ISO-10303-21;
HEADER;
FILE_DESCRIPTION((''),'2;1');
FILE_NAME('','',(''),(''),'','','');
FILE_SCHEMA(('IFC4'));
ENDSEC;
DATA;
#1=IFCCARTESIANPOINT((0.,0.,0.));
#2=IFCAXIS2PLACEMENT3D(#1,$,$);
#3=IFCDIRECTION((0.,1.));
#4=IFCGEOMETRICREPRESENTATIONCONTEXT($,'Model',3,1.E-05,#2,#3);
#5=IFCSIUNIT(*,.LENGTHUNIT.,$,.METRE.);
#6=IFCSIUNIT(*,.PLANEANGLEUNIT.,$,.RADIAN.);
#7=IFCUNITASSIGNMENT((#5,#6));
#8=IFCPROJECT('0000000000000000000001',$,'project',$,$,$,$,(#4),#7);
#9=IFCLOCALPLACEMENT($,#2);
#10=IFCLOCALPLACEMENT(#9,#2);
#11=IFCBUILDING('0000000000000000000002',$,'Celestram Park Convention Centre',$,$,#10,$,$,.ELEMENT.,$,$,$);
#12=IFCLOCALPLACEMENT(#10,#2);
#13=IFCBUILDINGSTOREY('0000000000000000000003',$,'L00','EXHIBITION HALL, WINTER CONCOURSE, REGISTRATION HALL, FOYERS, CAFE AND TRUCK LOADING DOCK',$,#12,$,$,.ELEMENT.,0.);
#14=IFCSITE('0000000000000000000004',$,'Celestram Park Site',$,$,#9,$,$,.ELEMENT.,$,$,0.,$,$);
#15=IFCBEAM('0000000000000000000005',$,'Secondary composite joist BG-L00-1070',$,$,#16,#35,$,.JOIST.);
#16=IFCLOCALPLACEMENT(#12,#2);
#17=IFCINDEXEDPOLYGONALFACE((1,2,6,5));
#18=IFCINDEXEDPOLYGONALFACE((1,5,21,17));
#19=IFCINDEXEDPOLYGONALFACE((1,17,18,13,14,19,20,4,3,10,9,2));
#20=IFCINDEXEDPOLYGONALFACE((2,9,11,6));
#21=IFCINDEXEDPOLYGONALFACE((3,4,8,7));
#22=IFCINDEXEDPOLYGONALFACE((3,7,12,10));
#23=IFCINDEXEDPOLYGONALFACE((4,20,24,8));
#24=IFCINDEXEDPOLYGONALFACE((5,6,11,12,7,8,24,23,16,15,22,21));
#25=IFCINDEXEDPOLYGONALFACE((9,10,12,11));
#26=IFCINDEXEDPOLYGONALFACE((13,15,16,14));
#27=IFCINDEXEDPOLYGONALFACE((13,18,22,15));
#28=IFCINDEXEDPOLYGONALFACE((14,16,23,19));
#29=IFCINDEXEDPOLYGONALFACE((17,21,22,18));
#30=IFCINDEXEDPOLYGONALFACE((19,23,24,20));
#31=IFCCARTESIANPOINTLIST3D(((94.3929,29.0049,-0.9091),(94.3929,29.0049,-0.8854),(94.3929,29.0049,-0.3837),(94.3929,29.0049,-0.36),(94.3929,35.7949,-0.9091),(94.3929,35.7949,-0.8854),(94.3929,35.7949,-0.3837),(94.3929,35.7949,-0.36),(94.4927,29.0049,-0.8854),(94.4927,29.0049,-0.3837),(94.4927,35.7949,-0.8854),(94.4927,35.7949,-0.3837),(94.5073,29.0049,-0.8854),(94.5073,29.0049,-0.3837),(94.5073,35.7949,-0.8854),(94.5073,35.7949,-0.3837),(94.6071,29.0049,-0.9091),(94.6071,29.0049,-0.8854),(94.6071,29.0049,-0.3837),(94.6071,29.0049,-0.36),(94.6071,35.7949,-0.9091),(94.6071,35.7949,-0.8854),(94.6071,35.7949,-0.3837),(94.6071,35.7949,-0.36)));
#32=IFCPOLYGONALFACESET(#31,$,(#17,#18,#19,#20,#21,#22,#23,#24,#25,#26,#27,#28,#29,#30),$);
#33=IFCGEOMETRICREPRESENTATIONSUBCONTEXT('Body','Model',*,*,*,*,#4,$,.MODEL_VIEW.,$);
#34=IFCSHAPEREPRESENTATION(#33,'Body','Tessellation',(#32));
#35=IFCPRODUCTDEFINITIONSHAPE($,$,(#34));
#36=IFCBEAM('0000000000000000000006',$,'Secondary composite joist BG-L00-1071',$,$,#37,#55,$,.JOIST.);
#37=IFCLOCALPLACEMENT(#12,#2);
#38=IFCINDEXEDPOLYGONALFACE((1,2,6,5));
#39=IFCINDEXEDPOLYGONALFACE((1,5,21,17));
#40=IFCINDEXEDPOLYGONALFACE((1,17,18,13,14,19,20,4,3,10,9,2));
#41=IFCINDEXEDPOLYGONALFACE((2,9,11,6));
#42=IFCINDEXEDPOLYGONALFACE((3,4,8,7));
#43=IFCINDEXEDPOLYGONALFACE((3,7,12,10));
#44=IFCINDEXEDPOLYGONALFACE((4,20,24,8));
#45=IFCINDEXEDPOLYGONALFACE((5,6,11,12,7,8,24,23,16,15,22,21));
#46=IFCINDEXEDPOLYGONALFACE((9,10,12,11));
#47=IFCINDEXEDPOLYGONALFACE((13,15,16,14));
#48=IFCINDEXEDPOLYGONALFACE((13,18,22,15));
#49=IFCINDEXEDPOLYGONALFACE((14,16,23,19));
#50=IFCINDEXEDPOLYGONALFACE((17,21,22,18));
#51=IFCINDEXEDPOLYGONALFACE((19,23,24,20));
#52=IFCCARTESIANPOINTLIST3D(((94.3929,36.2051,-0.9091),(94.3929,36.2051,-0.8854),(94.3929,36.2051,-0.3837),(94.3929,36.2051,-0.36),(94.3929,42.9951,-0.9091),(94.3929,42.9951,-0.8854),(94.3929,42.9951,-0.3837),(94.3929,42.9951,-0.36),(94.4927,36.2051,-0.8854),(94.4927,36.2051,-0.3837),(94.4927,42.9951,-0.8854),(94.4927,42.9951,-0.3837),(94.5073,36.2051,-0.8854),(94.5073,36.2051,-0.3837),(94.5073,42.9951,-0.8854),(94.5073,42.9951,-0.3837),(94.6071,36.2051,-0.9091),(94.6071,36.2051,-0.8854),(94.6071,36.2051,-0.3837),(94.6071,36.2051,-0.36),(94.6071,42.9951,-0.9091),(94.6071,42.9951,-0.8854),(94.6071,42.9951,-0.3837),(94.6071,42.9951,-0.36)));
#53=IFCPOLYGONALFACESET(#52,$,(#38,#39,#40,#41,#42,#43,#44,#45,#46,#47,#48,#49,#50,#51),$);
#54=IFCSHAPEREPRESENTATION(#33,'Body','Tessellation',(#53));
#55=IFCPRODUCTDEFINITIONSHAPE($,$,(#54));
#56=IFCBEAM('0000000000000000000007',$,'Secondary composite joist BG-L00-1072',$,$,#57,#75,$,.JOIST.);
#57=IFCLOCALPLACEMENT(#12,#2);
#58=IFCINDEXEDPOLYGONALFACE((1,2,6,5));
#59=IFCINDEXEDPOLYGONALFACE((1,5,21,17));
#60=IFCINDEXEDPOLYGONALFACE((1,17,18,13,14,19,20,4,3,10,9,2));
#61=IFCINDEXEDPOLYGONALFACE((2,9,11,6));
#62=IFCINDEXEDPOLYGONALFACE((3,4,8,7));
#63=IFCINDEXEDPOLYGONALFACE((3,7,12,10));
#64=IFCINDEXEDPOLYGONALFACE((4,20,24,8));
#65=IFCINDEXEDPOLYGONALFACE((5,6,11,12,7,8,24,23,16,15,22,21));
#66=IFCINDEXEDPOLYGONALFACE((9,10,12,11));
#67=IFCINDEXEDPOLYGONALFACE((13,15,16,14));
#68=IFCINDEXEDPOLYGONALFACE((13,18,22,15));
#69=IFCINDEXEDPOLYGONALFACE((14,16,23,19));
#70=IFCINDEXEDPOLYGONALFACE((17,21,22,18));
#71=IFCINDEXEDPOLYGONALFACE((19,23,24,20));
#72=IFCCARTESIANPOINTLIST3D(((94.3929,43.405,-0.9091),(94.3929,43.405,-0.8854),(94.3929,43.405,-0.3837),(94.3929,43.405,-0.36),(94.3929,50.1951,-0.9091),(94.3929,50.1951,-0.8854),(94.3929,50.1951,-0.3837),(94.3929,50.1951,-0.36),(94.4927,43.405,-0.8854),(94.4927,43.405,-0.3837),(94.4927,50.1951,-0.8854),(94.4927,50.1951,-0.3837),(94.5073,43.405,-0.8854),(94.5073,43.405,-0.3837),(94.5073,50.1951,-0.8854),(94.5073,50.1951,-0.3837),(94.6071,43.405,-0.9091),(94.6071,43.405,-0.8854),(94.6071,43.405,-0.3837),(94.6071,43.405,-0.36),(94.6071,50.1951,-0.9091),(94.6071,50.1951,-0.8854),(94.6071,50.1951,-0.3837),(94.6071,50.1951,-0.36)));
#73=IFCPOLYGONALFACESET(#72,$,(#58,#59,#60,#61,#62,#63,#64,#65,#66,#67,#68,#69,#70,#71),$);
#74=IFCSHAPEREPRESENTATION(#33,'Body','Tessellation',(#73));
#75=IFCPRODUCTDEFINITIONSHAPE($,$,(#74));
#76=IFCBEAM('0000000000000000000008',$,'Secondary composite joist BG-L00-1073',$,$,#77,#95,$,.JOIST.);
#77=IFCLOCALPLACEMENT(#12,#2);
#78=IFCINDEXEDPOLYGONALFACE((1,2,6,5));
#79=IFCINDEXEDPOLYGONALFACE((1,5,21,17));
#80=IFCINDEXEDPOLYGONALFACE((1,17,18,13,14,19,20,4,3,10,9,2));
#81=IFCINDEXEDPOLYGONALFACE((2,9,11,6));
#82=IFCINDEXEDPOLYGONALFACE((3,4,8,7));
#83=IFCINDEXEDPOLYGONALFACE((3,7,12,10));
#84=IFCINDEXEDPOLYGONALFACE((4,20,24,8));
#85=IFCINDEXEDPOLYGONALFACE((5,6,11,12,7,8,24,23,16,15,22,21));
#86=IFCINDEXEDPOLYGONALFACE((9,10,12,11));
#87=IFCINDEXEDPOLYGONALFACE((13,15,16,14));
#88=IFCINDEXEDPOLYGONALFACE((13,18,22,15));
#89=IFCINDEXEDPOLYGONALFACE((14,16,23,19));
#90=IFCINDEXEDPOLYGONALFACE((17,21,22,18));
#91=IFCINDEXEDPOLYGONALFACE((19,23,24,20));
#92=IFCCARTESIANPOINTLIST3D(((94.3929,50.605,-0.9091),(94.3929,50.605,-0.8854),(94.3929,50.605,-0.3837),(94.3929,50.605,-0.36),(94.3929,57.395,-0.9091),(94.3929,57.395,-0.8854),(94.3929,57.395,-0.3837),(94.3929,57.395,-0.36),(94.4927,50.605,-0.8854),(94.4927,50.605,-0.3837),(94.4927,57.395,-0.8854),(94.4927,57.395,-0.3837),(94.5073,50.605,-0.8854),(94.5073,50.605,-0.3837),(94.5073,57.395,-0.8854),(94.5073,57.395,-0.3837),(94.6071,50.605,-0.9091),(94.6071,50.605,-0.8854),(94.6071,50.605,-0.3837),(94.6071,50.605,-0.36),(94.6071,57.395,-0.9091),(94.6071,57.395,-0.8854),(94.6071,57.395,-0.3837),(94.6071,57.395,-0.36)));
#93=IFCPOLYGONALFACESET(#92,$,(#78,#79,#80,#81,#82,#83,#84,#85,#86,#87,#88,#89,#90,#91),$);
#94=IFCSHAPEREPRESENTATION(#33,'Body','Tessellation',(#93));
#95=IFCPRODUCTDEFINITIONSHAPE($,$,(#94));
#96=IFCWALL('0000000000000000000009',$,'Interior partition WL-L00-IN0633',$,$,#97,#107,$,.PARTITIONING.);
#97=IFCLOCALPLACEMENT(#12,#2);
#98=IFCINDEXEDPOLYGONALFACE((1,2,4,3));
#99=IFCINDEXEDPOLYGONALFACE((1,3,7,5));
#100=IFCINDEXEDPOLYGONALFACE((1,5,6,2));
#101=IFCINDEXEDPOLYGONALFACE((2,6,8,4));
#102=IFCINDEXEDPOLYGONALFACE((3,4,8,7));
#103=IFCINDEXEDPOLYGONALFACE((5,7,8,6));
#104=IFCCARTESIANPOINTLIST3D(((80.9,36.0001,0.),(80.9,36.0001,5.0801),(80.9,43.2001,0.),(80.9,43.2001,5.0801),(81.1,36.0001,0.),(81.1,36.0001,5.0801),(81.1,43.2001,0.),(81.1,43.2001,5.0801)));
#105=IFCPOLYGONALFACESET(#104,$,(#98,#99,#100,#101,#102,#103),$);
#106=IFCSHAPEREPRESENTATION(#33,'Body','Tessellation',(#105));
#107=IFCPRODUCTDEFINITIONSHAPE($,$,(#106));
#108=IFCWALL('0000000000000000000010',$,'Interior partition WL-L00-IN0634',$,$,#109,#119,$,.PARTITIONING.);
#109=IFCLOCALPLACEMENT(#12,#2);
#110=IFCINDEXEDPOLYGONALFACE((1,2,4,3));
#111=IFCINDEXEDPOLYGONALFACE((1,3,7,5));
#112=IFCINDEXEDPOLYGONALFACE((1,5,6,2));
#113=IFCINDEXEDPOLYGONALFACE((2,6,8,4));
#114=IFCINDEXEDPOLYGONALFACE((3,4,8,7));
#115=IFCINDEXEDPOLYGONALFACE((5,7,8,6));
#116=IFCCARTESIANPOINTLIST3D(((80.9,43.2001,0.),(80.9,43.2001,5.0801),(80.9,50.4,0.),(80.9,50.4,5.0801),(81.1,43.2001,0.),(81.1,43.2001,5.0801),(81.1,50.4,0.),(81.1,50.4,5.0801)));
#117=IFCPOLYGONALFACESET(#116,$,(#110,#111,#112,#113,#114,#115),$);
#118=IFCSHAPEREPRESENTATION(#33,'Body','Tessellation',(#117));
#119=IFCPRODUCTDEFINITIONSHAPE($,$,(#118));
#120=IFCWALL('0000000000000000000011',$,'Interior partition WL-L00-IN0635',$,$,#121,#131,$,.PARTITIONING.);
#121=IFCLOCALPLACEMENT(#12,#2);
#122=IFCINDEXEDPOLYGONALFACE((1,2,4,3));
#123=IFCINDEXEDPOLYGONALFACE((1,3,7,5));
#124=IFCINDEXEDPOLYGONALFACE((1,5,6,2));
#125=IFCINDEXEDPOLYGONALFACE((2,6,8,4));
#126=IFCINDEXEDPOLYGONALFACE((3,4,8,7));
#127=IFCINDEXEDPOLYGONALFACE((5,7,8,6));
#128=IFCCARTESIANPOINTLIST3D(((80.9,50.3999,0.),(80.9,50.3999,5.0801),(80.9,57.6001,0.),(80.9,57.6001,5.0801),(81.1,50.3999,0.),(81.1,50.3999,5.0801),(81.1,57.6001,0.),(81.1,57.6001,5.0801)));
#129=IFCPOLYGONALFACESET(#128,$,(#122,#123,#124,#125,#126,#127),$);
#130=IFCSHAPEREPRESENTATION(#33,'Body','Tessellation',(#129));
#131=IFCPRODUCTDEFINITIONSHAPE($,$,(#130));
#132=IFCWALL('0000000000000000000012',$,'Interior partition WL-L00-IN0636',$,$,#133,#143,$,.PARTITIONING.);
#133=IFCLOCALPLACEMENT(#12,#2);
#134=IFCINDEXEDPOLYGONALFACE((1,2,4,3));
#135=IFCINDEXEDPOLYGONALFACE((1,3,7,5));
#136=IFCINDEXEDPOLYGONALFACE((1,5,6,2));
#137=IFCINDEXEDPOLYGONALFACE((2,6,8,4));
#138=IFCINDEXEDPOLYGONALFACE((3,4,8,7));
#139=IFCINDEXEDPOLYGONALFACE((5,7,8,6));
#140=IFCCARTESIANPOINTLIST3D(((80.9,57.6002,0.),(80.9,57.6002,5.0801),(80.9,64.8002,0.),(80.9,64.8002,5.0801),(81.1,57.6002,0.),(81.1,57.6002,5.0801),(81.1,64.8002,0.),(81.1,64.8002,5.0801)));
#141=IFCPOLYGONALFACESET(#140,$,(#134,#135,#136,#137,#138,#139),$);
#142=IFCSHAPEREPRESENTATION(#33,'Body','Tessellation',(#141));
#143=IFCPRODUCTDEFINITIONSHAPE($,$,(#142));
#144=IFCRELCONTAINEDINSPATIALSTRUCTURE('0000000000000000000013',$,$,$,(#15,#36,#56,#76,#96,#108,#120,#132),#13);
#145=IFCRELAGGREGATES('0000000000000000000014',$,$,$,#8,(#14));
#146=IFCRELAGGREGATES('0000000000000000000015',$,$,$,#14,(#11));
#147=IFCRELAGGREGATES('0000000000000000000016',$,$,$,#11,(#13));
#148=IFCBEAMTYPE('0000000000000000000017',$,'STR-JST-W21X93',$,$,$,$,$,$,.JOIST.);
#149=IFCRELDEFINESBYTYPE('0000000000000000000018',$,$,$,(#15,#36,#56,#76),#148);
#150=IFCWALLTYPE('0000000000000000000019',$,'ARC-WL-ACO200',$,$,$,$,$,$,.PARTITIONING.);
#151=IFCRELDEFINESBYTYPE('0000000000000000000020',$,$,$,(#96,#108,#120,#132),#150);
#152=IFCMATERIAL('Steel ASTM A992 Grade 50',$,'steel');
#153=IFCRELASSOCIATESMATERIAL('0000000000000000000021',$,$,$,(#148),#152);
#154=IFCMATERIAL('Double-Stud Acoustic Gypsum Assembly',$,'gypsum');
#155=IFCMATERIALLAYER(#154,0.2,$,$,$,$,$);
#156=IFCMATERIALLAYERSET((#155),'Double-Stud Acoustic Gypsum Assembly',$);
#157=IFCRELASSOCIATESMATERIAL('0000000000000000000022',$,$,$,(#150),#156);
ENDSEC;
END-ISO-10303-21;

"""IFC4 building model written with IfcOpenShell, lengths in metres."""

from ifc_helpers import new_model, si_unit, direction, frame, frame_2d, origin, origin_2d, place, context, subcontext, project, spatial, rectangle, i_section, extrude, material, layer, layer_set, material_profile, profile_set, type_object, element, save


model = new_model("IFC4")

# Units and contexts
model_context = context("Model", 3, precision=1e-05, world=origin(), true_north=direction((0.0, 1.0)))
body_context = subcontext(model_context, "Body", "Model", "MODEL_VIEW")
ifc_project = project(units=[si_unit("LENGTHUNIT", "METRE"), si_unit("PLANEANGLEUNIT", "RADIAN")], contexts=[model_context])

# Site, building, storey
site_placement = place(None, origin())
site = spatial("IfcSite", under=ifc_project, at=site_placement, Name="Celestram Park Site", CompositionType="ELEMENT", RefElevation=0.0)
building_placement = place(site_placement, origin())
building = spatial("IfcBuilding", under=site, at=building_placement, Name="Celestram Park Convention Centre", CompositionType="ELEMENT")
storey_placement = place(building_placement, origin())
storey = spatial("IfcBuildingStorey", under=building, at=storey_placement, Name="L00", Description="EXHIBITION HALL, WINTER CONCOURSE, REGISTRATION HALL, FOYERS, CAFE AND TRUCK LOADING DOCK", CompositionType="ELEMENT", Elevation=0.0)

# Beams
ifc_material_1 = material(Name="Steel ASTM A992 Grade 50", Category="steel")
ifc_material_profile_1 = material_profile(ifc_material_1, i_section(OverallWidth=0.2141, OverallDepth=0.5491, WebThickness=0.0146, FlangeThickness=0.0237, at=origin_2d()), Name="W21X93")
ifc_profile_set_1 = profile_set([ifc_material_profile_1], Name="Steel ASTM A992 Grade 50")
beam_type_1 = type_object("IfcBeamType", Name="STR-JST-W21X93", PredefinedType="JOIST", material=ifc_profile_set_1)
for number, where, z_axis, x_axis, name in (
    (1, (94.5, 29.0049, -0.6345), (0.0, 1.0, 0.0), (-1.0, 0.0, 0.0), "Secondary composite joist BG-L00-1070"),
    (2, (94.5, 36.2051, -0.6345), (0.0, 1.0, 0.0), (-1.0, 0.0, 0.0), "Secondary composite joist BG-L00-1071"),
    (3, (94.5, 43.405, -0.6345), (0.0, 1.0, 0.0), (-1.0, 0.0, 0.0), "Secondary composite joist BG-L00-1072"),
    (4, (94.5, 50.605, -0.6345), (0.0, 1.0, 0.0), (-1.0, 0.0, 0.0), "Secondary composite joist BG-L00-1073"),
):
    element("IfcBeam", number, at=place(storey_placement, frame(where, z_axis=z_axis, x_axis=x_axis)), inside=storey, type_object=beam_type_1, Name=name, PredefinedType="JOIST", context=body_context, shape_type="SweptSolid", body=[
        extrude(i_section(OverallWidth=0.2141, OverallDepth=0.5491, WebThickness=0.0146, FlangeThickness=0.0237, at=origin_2d()), origin(), (0.0, 0.0, 1.0), 6.79),
    ])

# Walls
ifc_material_2 = material(Name="Double-Stud Acoustic Gypsum Assembly", Category="gypsum")
ifc_layer = layer(ifc_material_2, 0.2)
ifc_layer_set = layer_set([ifc_layer], Name="Double-Stud Acoustic Gypsum Assembly")
wall_type = type_object("IfcWallType", Name="ARC-WL-ACO200", PredefinedType="PARTITIONING", material=ifc_layer_set)
for number, where, z_axis, x_axis, name in (
    (5, (81.0, 36.0, 0.0), (0.0, 0.0, 1.0), (0.0, 1.0, 0.0), "Interior partition WL-L00-IN0633"),
    (6, (81.0, 43.2, 0.0), (0.0, 0.0, 1.0), (0.0, 1.0, 0.0), "Interior partition WL-L00-IN0634"),
):
    element("IfcWall", number, at=place(storey_placement, frame(where, z_axis=z_axis, x_axis=x_axis)), inside=storey, type_object=wall_type, Name=name, PredefinedType="PARTITIONING", context=body_context, shape_type="SweptSolid", body=[
        extrude(rectangle(XDim=7.2, YDim=0.2, at=frame_2d((3.6001, 0.0))), origin(), (0.0, 0.0, 1.0), 5.0801),
    ])
wall_1_placement = place(storey_placement, frame((81.0, 50.3999, 0.0), z_axis=(0.0, 0.0, 1.0), x_axis=(0.0, 1.0, 0.0)))
element("IfcWall", 7, at=wall_1_placement, inside=storey, type_object=wall_type, Name="Interior partition WL-L00-IN0635", PredefinedType="PARTITIONING", context=body_context, shape_type="SweptSolid", body=[
    extrude(rectangle(XDim=7.2002, YDim=0.2, at=frame_2d((3.6001, 0.0))), origin(), (0.0, 0.0, 1.0), 5.0801),
])
wall_2_placement = place(storey_placement, frame((81.0, 57.6001, 0.0), z_axis=(0.0, 0.0, 1.0), x_axis=(0.0, 1.0, 0.0)))
element("IfcWall", 8, at=wall_2_placement, inside=storey, type_object=wall_type, Name="Interior partition WL-L00-IN0636", PredefinedType="PARTITIONING", context=body_context, shape_type="SweptSolid", body=[
    extrude(rectangle(XDim=7.2, YDim=0.2, at=frame_2d((3.6001, 0.0))), origin(), (0.0, 0.0, 1.0), 5.0801),
])

save(model, "model.ifc")
